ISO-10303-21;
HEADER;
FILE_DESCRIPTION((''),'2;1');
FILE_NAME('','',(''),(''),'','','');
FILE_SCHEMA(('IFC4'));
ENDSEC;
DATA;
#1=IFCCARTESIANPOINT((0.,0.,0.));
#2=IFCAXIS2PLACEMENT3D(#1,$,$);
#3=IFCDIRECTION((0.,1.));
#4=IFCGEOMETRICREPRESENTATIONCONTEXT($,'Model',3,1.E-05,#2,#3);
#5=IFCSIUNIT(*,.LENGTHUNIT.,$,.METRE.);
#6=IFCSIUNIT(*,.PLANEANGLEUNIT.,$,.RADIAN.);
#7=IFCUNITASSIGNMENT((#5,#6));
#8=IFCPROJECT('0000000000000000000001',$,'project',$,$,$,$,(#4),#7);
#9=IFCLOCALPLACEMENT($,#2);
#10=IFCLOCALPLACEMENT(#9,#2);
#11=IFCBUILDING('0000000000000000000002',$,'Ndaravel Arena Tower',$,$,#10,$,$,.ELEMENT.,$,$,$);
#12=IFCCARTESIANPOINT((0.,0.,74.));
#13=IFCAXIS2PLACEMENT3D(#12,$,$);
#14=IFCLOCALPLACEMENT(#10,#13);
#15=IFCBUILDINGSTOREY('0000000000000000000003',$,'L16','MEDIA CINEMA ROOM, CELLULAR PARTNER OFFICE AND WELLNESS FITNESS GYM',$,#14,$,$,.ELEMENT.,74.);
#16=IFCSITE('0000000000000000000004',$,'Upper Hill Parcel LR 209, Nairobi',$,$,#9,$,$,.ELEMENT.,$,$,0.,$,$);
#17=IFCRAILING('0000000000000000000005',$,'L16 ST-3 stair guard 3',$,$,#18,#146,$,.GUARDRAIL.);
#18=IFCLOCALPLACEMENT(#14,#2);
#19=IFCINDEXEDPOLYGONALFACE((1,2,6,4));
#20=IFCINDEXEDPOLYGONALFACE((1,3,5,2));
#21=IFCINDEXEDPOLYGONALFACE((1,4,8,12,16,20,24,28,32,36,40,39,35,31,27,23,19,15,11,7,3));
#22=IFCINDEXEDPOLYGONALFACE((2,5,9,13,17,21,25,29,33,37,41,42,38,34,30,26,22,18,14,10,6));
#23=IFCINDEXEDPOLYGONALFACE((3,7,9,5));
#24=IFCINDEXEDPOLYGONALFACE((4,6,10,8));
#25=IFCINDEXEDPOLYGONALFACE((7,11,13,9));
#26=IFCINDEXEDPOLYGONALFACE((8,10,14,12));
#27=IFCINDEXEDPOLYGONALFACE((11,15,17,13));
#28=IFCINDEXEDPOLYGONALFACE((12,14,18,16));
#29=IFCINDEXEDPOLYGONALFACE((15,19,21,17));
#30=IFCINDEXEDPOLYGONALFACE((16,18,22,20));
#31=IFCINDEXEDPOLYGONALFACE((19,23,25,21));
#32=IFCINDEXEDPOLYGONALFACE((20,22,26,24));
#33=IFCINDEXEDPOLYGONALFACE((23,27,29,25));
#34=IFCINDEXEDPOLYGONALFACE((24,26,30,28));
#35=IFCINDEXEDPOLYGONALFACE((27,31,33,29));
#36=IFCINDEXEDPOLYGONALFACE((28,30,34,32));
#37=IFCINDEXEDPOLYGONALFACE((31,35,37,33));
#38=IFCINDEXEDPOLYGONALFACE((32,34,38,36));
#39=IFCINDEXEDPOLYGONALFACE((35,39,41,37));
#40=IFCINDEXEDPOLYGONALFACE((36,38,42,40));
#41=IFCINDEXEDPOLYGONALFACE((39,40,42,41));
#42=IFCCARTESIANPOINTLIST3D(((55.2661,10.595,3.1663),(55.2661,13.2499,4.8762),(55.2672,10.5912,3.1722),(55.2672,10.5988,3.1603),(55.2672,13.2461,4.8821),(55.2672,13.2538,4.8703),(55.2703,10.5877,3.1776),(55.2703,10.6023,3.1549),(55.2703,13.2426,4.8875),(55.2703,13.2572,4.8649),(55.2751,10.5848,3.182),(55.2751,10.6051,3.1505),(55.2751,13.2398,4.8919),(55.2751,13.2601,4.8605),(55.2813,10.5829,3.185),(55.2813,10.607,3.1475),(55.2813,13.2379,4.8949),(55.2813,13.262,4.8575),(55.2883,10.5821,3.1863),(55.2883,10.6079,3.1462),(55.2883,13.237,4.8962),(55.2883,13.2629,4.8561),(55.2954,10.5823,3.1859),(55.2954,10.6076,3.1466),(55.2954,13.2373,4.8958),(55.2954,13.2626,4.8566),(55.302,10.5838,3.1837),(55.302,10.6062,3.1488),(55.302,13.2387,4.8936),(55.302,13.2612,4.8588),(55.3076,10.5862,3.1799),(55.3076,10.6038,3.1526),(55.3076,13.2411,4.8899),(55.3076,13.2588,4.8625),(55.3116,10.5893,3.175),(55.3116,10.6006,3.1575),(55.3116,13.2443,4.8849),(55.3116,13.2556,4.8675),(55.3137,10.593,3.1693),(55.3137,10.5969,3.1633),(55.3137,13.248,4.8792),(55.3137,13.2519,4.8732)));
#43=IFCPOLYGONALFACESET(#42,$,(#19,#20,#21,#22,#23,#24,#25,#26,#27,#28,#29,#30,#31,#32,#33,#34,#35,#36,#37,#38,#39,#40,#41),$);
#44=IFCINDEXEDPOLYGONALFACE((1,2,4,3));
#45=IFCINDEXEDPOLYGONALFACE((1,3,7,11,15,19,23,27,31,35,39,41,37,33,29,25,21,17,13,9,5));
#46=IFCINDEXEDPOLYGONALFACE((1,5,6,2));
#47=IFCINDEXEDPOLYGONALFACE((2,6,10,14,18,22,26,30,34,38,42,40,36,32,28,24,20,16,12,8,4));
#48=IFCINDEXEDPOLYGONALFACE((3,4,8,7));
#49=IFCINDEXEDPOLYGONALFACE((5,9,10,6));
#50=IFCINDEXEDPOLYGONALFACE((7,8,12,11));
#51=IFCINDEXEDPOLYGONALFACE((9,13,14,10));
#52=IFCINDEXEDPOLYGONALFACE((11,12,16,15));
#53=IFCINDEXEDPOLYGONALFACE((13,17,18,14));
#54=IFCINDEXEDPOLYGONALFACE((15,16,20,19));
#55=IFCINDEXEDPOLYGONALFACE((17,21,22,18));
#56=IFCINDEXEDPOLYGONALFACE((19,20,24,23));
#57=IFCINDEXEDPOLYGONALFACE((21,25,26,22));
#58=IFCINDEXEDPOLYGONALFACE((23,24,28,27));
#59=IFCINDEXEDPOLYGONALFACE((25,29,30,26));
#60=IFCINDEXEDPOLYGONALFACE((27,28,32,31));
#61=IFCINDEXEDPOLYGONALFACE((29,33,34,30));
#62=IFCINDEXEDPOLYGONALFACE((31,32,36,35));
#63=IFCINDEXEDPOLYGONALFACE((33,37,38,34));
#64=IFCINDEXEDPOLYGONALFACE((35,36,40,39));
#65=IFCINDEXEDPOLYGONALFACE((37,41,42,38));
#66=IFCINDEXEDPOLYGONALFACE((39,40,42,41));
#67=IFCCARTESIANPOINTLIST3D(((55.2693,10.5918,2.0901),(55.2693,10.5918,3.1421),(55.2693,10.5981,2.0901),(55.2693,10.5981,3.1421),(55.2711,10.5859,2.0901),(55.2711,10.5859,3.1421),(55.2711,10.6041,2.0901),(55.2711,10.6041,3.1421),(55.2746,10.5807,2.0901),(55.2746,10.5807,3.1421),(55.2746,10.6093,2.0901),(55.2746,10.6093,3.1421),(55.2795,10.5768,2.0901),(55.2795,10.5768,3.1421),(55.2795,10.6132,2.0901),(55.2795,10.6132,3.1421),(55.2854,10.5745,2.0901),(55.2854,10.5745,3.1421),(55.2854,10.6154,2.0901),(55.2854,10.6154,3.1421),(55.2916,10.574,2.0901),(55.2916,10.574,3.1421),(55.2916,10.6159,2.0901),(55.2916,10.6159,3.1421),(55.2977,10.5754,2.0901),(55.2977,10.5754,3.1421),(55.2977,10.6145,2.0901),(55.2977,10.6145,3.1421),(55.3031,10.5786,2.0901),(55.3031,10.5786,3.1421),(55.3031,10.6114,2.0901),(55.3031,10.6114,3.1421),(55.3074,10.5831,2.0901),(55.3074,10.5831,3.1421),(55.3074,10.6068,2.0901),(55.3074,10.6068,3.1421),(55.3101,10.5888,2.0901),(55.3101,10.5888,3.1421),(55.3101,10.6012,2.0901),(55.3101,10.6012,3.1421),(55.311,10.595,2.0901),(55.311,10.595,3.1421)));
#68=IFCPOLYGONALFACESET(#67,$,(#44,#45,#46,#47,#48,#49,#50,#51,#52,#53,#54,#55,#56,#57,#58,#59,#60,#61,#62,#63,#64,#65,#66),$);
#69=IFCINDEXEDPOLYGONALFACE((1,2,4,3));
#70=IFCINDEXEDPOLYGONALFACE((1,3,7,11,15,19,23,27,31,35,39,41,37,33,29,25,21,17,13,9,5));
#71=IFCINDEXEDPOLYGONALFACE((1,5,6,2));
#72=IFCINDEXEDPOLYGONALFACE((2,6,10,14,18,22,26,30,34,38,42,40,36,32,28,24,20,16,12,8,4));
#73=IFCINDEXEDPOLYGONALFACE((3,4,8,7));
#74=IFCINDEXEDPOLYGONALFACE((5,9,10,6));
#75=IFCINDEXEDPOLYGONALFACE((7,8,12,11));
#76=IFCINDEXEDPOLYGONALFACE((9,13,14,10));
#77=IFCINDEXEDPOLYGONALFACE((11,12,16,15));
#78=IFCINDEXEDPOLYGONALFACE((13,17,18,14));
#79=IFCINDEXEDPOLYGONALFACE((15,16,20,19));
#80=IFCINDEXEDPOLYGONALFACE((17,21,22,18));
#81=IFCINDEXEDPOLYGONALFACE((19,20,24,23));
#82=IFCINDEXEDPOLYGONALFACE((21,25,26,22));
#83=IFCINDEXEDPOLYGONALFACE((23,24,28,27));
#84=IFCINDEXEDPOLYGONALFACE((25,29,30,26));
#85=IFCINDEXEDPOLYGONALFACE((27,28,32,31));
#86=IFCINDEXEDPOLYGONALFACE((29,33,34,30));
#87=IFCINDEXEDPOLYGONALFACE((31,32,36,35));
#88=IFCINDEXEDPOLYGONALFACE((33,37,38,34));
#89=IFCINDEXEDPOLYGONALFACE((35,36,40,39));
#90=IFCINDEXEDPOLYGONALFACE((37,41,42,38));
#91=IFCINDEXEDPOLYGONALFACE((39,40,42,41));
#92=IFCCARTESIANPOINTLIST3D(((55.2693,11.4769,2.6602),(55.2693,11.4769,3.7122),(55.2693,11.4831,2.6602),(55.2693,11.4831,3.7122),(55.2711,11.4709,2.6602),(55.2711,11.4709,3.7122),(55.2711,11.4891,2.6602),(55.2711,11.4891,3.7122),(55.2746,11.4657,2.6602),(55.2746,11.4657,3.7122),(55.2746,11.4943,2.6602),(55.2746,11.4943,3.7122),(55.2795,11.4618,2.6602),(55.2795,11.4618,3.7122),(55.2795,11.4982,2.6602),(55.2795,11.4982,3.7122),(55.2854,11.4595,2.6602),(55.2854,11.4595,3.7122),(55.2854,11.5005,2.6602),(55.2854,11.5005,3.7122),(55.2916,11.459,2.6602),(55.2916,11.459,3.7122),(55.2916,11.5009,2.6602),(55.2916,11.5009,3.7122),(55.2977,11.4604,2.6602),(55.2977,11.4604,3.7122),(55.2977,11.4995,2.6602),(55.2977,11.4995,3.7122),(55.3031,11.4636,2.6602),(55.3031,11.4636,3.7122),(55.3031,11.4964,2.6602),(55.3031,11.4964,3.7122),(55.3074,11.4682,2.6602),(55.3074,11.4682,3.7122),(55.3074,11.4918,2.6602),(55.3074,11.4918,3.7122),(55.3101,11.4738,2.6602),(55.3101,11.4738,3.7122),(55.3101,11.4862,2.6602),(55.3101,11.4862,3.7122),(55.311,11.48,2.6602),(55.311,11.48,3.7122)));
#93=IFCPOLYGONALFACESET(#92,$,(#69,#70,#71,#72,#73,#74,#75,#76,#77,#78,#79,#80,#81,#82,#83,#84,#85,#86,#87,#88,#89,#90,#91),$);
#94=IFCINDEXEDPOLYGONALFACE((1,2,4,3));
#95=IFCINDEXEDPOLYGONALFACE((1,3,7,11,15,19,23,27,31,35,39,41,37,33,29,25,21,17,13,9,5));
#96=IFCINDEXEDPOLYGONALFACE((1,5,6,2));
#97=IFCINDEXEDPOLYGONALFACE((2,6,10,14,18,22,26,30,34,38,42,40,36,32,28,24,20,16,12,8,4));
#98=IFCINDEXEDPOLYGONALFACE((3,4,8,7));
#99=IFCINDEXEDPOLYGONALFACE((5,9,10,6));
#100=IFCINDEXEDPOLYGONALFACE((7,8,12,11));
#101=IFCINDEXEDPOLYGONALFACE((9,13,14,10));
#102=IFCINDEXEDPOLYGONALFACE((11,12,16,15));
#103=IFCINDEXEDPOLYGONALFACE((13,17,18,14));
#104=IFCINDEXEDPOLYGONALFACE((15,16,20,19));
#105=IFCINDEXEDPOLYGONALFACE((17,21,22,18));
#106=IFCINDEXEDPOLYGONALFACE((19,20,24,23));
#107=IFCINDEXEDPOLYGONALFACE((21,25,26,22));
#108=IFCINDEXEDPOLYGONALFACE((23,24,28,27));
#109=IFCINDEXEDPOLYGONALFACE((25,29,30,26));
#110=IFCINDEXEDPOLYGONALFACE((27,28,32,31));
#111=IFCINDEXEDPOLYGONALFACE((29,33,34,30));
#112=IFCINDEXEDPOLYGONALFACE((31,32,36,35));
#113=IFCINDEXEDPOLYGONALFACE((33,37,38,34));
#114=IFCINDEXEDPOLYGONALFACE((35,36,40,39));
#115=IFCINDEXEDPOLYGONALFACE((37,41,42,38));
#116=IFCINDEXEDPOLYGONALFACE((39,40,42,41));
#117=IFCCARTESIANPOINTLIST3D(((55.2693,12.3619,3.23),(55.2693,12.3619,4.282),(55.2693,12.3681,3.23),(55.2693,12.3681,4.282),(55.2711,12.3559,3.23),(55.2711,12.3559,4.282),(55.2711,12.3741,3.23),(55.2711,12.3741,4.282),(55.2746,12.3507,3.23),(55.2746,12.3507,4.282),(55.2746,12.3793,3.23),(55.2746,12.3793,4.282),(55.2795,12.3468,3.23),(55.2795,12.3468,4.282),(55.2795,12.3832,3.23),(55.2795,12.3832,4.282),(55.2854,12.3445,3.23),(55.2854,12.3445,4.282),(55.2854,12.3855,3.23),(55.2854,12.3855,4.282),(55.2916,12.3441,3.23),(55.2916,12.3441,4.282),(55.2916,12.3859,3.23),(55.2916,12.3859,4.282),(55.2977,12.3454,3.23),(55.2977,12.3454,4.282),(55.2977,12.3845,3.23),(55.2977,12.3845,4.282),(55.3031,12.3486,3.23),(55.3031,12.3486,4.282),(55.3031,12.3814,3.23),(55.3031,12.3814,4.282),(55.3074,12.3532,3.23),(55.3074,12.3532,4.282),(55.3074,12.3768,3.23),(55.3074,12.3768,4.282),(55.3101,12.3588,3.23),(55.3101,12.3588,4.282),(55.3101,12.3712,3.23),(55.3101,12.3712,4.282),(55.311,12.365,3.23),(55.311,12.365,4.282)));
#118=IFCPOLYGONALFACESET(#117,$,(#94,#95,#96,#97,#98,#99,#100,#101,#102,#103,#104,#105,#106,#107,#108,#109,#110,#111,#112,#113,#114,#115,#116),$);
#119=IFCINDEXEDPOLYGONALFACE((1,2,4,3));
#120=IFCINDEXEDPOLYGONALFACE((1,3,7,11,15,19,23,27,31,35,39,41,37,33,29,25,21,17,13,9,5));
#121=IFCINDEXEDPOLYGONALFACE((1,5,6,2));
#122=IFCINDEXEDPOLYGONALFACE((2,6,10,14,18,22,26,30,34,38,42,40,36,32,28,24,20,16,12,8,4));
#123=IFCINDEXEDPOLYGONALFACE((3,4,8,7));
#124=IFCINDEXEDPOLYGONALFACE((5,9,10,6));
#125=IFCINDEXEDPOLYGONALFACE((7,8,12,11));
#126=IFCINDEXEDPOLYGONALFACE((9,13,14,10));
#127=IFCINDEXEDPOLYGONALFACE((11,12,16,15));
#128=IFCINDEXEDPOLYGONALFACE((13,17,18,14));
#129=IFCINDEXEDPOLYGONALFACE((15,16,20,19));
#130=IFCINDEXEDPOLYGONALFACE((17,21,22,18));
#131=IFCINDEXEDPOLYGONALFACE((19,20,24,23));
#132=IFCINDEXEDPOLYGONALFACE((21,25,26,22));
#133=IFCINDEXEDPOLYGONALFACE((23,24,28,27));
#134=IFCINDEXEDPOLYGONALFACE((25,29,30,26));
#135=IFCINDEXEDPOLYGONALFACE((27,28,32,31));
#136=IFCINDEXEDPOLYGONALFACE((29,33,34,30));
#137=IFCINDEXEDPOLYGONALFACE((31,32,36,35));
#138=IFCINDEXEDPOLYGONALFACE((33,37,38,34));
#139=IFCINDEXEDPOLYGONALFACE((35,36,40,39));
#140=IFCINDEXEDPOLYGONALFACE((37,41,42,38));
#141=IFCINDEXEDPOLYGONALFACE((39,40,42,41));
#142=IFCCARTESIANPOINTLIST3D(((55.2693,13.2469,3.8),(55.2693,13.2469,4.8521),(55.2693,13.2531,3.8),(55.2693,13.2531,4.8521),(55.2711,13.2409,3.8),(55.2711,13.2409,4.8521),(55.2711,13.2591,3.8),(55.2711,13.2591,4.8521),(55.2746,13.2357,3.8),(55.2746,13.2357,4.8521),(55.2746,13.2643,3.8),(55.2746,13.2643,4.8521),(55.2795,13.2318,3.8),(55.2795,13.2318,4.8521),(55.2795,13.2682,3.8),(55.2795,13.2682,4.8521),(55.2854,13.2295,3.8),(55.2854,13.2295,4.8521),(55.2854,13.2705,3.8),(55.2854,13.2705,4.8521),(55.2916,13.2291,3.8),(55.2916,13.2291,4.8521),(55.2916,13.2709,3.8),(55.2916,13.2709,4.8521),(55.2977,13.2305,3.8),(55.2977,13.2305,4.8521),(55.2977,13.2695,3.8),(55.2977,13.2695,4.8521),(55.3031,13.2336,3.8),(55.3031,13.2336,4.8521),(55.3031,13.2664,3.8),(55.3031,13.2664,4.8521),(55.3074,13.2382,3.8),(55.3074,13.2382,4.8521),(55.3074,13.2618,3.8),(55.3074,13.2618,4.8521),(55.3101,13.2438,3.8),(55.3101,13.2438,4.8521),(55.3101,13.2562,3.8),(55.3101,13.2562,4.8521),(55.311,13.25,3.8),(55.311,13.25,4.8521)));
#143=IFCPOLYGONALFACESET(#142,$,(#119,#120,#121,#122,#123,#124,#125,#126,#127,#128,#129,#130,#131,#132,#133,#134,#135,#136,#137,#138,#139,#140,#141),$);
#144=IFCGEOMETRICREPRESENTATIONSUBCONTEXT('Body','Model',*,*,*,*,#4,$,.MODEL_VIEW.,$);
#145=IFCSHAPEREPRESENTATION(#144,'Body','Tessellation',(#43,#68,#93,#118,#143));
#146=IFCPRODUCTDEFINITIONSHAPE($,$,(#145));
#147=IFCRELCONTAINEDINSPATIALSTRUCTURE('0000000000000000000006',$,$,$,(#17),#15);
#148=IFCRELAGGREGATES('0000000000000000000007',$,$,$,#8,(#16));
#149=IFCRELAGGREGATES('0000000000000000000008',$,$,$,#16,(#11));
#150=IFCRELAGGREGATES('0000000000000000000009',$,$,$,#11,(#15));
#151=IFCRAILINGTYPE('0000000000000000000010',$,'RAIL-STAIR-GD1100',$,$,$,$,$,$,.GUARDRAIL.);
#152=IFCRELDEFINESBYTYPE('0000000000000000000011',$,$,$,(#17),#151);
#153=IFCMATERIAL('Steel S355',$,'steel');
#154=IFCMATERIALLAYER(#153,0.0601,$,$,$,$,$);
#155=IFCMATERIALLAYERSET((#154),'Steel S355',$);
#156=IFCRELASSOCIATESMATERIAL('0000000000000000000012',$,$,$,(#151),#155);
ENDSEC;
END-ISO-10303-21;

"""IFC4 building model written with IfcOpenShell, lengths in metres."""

from ifc_helpers import new_model, si_unit, direction, frame, origin, origin_2d, place, context, subcontext, project, spatial, circle, extrude, material, layer, layer_set, type_object, element, save


model = new_model("IFC4")

# Units and contexts
model_context = context("Model", 3, precision=1e-05, world=origin(), true_north=direction((0.0, 1.0)))
body_context = subcontext(model_context, "Body", "Model", "MODEL_VIEW")
ifc_project = project(units=[si_unit("LENGTHUNIT", "METRE"), si_unit("PLANEANGLEUNIT", "RADIAN")], contexts=[model_context])

# Site, building, storey
site_placement = place(None, origin())
site = spatial("IfcSite", under=ifc_project, at=site_placement, Name="Upper Hill Parcel LR 209, Nairobi", CompositionType="ELEMENT", RefElevation=0.0)
building_placement = place(site_placement, origin())
building = spatial("IfcBuilding", under=site, at=building_placement, Name="Ndaravel Arena Tower", CompositionType="ELEMENT")
storey_placement = place(building_placement, frame((0.0, 0.0, 74.0)))
storey = spatial("IfcBuildingStorey", under=building, at=storey_placement, Name="L16", Description="MEDIA CINEMA ROOM, CELLULAR PARTNER OFFICE AND WELLNESS FITNESS GYM", CompositionType="ELEMENT", Elevation=74.0)

# Railing
ifc_material_1 = material(Name="Steel S355", Category="steel")
ifc_layer_1 = layer(ifc_material_1, 0.0601)
ifc_layer_set_1 = layer_set([ifc_layer_1], Name="Steel S355")
railing_type_1 = type_object("IfcRailingType", Name="RAIL-STAIR-GD1100", PredefinedType="GUARDRAIL", material=ifc_layer_set_1)
railing_1_placement = place(storey_placement, frame((55.29, 10.595, 2.0901)))
element("IfcRailing", 1, at=railing_1_placement, inside=storey, type_object=railing_type_1, Name="L16 ST-3 stair guard 3", PredefinedType="GUARDRAIL", context=body_context, shape_type="SweptSolid", body=[
    extrude(circle(Radius=0.0239, at=origin_2d()), frame((0.0, 0.0, 1.0762), z_axis=(0.0, 0.840724, 0.541465), x_axis=(-1.0, 0.0, 0.0)), (0.0, 0.0, 1.0), 3.158),
    extrude(circle(Radius=0.021, at=origin_2d()), origin(), (0.0, 0.0, 1.0), 1.052),
    extrude(circle(Radius=0.021, at=origin_2d()), frame((0.0, 0.885, 0.5701)), (0.0, 0.0, 1.0), 1.052),
    extrude(circle(Radius=0.021, at=origin_2d()), frame((0.0, 1.77, 1.1399)), (0.0, 0.0, 1.0), 1.052),
    extrude(circle(Radius=0.021, at=origin_2d()), frame((0.0, 2.655, 1.71)), (0.0, 0.0, 1.0), 1.052),
])

save(model, "model.ifc")
